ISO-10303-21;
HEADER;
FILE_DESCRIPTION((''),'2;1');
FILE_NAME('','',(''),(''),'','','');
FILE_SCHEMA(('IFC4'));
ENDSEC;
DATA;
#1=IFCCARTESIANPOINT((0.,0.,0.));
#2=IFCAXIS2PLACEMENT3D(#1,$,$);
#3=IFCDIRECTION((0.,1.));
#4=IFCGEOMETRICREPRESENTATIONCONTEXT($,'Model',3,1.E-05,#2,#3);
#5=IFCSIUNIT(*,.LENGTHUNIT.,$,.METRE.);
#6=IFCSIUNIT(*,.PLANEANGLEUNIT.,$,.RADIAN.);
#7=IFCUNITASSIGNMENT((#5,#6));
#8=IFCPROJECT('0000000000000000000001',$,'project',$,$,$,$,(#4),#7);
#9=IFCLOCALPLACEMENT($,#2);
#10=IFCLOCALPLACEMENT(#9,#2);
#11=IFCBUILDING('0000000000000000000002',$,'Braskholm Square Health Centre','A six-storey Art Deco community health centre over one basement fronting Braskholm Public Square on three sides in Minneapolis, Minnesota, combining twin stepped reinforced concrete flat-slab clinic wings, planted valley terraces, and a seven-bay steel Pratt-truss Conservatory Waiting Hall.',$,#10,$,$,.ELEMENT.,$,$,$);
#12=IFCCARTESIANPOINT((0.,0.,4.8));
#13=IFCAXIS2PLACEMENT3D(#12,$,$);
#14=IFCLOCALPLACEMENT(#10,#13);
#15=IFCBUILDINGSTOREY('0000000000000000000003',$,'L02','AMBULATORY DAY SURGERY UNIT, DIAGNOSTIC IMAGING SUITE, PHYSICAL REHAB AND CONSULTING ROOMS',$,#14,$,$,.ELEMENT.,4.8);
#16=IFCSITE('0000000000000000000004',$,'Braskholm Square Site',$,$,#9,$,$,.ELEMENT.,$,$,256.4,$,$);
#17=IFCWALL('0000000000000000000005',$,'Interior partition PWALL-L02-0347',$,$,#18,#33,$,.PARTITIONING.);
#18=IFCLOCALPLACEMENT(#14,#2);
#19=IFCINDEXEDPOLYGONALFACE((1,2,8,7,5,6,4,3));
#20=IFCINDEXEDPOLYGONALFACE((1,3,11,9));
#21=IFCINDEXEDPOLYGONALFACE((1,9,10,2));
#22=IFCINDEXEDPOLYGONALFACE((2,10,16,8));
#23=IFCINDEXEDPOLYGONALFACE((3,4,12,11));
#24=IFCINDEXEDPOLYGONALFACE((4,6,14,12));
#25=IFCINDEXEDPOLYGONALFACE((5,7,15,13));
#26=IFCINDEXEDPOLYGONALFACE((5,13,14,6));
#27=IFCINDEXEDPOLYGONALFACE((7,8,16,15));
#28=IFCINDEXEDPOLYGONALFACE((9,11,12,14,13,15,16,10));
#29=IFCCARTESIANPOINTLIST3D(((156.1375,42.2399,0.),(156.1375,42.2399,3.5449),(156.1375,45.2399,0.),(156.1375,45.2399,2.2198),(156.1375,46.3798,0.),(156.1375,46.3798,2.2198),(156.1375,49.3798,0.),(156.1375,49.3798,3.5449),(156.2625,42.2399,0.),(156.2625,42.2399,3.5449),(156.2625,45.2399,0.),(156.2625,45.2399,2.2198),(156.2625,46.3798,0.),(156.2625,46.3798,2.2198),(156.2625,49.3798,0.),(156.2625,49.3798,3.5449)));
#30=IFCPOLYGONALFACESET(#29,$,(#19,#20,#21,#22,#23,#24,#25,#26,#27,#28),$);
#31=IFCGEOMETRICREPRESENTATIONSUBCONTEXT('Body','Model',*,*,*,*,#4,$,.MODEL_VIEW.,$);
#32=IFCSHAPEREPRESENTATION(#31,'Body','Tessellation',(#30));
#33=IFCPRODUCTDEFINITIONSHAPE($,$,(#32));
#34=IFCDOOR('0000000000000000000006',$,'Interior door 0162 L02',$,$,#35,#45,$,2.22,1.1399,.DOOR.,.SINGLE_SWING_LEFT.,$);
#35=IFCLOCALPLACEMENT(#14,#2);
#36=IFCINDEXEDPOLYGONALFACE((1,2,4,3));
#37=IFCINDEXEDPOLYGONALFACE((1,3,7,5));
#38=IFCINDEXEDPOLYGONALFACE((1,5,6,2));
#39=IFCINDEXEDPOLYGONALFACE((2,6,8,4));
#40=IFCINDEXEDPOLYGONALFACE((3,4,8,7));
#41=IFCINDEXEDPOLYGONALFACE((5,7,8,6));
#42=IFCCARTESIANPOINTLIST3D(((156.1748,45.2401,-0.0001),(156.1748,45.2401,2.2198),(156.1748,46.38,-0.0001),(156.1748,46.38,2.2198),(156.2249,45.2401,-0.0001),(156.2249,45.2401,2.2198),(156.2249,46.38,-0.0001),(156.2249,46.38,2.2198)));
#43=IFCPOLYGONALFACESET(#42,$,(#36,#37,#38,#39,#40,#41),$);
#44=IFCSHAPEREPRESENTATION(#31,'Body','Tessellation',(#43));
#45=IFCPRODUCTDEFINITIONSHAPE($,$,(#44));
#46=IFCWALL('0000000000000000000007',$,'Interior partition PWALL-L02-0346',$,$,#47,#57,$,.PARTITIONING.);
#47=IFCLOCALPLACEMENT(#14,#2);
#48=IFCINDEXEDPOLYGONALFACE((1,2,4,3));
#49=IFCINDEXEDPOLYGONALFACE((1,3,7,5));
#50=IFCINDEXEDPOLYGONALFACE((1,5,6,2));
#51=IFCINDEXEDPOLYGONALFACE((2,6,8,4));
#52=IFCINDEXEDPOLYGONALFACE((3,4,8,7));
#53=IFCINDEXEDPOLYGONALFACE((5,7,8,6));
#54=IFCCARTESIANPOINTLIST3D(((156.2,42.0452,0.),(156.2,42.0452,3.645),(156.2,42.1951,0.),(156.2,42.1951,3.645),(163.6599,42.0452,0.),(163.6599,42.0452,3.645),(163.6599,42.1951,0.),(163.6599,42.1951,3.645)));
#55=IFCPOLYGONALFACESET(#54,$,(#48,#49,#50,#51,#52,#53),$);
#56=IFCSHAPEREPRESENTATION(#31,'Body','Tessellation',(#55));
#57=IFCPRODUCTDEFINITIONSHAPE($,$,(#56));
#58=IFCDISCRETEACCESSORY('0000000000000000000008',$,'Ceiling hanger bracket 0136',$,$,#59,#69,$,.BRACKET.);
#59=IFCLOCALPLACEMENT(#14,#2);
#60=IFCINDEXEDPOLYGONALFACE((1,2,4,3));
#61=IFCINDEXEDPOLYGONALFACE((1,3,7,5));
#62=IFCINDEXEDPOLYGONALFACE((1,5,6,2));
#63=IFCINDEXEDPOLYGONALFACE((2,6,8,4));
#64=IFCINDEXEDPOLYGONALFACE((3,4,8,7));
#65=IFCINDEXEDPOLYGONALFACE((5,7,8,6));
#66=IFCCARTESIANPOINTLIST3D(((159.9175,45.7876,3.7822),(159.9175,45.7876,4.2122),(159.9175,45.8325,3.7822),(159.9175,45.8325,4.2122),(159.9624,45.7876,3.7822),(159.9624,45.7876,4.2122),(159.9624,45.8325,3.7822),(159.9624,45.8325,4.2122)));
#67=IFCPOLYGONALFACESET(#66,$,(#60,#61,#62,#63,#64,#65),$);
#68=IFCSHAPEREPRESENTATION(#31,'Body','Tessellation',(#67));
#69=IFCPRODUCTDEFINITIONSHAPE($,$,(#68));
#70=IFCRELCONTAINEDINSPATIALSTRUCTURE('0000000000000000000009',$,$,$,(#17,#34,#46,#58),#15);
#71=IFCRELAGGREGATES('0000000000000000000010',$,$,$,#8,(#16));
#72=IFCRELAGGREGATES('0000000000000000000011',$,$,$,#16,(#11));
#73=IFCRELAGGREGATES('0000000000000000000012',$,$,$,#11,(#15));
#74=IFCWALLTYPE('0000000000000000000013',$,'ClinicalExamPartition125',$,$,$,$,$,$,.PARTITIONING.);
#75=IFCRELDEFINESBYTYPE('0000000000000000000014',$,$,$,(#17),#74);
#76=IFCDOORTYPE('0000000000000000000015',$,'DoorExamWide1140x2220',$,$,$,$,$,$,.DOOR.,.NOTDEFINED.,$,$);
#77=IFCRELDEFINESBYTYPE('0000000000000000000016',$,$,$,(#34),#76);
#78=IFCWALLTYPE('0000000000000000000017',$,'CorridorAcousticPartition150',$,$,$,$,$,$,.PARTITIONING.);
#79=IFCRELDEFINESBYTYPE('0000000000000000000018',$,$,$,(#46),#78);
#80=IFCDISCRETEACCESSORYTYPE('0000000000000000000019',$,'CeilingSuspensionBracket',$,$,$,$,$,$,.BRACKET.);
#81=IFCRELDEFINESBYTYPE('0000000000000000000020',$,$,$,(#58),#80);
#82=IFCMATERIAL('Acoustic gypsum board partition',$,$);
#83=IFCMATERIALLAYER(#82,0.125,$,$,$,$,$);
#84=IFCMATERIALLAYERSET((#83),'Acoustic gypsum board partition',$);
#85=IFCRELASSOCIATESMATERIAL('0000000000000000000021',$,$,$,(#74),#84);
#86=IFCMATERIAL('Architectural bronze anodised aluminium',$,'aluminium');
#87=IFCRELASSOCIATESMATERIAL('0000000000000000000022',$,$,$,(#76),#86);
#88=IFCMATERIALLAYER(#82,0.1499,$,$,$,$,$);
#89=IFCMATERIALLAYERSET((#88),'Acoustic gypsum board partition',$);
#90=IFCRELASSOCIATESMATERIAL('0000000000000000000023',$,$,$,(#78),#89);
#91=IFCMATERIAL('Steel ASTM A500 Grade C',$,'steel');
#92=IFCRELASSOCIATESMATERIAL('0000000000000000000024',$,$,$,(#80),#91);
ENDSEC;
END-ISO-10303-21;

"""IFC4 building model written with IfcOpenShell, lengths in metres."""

from ifc_helpers import new_model, si_unit, direction, frame, frame_2d, origin, origin_2d, place, context, subcontext, project, spatial, rectangle, extrude, material, layer, layer_set, type_object, element, fill, save


model = new_model("IFC4")

# Units and contexts
model_context = context("Model", 3, precision=1e-05, world=origin(), true_north=direction((0.0, 1.0)))
body_context = subcontext(model_context, "Body", "Model", "MODEL_VIEW")
ifc_project = project(units=[si_unit("LENGTHUNIT", "METRE"), si_unit("PLANEANGLEUNIT", "RADIAN")], contexts=[model_context])

# Site, building, storey
site_placement = place(None, origin())
site = spatial("IfcSite", under=ifc_project, at=site_placement, Name="Braskholm Square Site", CompositionType="ELEMENT", RefElevation=256.4)
building_placement = place(site_placement, origin())
building = spatial("IfcBuilding", under=site, at=building_placement, Name="Braskholm Square Health Centre", Description="A six-storey Art Deco community health centre over one basement fronting Braskholm Public Square on three sides in Minneapolis, Minnesota, combining twin stepped reinforced concrete flat-slab clinic wings, planted valley terraces, and a seven-bay steel Pratt-truss Conservatory Waiting Hall.", CompositionType="ELEMENT")
storey_placement = place(building_placement, frame((0.0, 0.0, 4.8)))
storey = spatial("IfcBuildingStorey", under=building, at=storey_placement, Name="L02", Description="AMBULATORY DAY SURGERY UNIT, DIAGNOSTIC IMAGING SUITE, PHYSICAL REHAB AND CONSULTING ROOMS", CompositionType="ELEMENT", Elevation=4.8)

# Shared definitions
ifc_material_1 = material(Name="Architectural bronze anodised aluminium", Category="aluminium")

# Wall, opening, door
ifc_material_2 = material(Name="Acoustic gypsum board partition")
ifc_layer_1 = layer(ifc_material_2, 0.125)
ifc_layer_set_1 = layer_set([ifc_layer_1], Name="Acoustic gypsum board partition")
wall_type_1 = type_object("IfcWallType", Name="ClinicalExamPartition125", PredefinedType="PARTITIONING", material=ifc_layer_set_1)
wall_1_placement = place(storey_placement, frame((156.2, 42.24, 0.0), z_axis=(0.0, 0.0, 1.0), x_axis=(0.0, 1.0, 0.0)))
wall_1 = element("IfcWall", 1, at=wall_1_placement, inside=storey, type_object=wall_type_1, Name="Interior partition PWALL-L02-0347", PredefinedType="PARTITIONING", context=body_context, shape_type="SweptSolid", body=[
    extrude(rectangle(XDim=7.1399, YDim=0.125, at=frame_2d((3.5698, 0.0))), origin(), (0.0, 0.0, 1.0), 3.5449),
])
opening_placement = place(wall_1_placement, frame((3.0, 0.0, 0.0)))
opening = element("IfcOpeningElement", 2, at=opening_placement, cuts=wall_1, PredefinedType="OPENING", context=body_context, shape_type="SweptSolid", body=[
    extrude(rectangle(XDim=1.1399, YDim=2.22, at=frame_2d((0.5698, 1.1099))), frame((0.0, 0.0725, 0.0), z_axis=(0.0, -1.0, 0.0), x_axis=(1.0, 0.0, 0.0)), (0.0, 0.0, 1.0), 0.145),
])
door_type = type_object("IfcDoorType", Name="DoorExamWide1140x2220", OperationType="NOTDEFINED", PredefinedType="DOOR", material=ifc_material_1)
door_placement = place(opening_placement, frame((1.1399, 0.0, 0.0), z_axis=(0.0, 0.0, 1.0), x_axis=(-1.0, 0.0, 0.0)))
door = element("IfcDoor", 3, at=door_placement, inside=storey, type_object=door_type, Name="Interior door 0162 L02", OperationType="SINGLE_SWING_LEFT", OverallHeight=2.22, OverallWidth=1.1399, PredefinedType="DOOR", context=body_context, shape_type="SweptSolid", body=[
    extrude(rectangle(XDim=1.1399, YDim=2.22, at=frame_2d((0.5698, 1.1099))), frame((0.0, 0.0249, 0.0), z_axis=(0.0, -1.0, 0.0), x_axis=(1.0, 0.0, 0.0)), (0.0, 0.0, 1.0), 0.05),
])
fill(opening, door)

# Wall
ifc_layer_2 = layer(ifc_material_2, 0.1499)
ifc_layer_set_2 = layer_set([ifc_layer_2], Name="Acoustic gypsum board partition")
wall_type_2 = type_object("IfcWallType", Name="CorridorAcousticPartition150", PredefinedType="PARTITIONING", material=ifc_layer_set_2)
wall_2_placement = place(storey_placement, frame((156.2, 42.1201, 0.0), z_axis=(0.0, 0.0, 1.0), x_axis=(1.0, 0.0, 0.0)))
element("IfcWall", 4, at=wall_2_placement, inside=storey, type_object=wall_type_2, Name="Interior partition PWALL-L02-0346", PredefinedType="PARTITIONING", context=body_context, shape_type="SweptSolid", body=[
    extrude(rectangle(XDim=7.46, YDim=0.1499, at=frame_2d((3.73, 0.0))), origin(), (0.0, 0.0, 1.0), 3.645),
])

# Discrete accessory
ifc_material_3 = material(Name="Steel ASTM A500 Grade C", Category="steel")
discrete_accessory_type = type_object("IfcDiscreteAccessoryType", Name="CeilingSuspensionBracket", PredefinedType="BRACKET", material=ifc_material_3)
discrete_accessory_placement = place(storey_placement, frame((159.9399, 45.8101, 3.7822), z_axis=(0.0, 0.0, 1.0), x_axis=(1.0, 0.0, 0.0)))
element("IfcDiscreteAccessory", 5, at=discrete_accessory_placement, inside=storey, type_object=discrete_accessory_type, Name="Ceiling hanger bracket 0136", PredefinedType="BRACKET", context=body_context, shape_type="SweptSolid", body=[
    extrude(rectangle(XDim=0.0449, YDim=0.0449, at=origin_2d()), origin(), (0.0, 0.0, 1.0), 0.4299),
])

save(model, "model.ifc")
